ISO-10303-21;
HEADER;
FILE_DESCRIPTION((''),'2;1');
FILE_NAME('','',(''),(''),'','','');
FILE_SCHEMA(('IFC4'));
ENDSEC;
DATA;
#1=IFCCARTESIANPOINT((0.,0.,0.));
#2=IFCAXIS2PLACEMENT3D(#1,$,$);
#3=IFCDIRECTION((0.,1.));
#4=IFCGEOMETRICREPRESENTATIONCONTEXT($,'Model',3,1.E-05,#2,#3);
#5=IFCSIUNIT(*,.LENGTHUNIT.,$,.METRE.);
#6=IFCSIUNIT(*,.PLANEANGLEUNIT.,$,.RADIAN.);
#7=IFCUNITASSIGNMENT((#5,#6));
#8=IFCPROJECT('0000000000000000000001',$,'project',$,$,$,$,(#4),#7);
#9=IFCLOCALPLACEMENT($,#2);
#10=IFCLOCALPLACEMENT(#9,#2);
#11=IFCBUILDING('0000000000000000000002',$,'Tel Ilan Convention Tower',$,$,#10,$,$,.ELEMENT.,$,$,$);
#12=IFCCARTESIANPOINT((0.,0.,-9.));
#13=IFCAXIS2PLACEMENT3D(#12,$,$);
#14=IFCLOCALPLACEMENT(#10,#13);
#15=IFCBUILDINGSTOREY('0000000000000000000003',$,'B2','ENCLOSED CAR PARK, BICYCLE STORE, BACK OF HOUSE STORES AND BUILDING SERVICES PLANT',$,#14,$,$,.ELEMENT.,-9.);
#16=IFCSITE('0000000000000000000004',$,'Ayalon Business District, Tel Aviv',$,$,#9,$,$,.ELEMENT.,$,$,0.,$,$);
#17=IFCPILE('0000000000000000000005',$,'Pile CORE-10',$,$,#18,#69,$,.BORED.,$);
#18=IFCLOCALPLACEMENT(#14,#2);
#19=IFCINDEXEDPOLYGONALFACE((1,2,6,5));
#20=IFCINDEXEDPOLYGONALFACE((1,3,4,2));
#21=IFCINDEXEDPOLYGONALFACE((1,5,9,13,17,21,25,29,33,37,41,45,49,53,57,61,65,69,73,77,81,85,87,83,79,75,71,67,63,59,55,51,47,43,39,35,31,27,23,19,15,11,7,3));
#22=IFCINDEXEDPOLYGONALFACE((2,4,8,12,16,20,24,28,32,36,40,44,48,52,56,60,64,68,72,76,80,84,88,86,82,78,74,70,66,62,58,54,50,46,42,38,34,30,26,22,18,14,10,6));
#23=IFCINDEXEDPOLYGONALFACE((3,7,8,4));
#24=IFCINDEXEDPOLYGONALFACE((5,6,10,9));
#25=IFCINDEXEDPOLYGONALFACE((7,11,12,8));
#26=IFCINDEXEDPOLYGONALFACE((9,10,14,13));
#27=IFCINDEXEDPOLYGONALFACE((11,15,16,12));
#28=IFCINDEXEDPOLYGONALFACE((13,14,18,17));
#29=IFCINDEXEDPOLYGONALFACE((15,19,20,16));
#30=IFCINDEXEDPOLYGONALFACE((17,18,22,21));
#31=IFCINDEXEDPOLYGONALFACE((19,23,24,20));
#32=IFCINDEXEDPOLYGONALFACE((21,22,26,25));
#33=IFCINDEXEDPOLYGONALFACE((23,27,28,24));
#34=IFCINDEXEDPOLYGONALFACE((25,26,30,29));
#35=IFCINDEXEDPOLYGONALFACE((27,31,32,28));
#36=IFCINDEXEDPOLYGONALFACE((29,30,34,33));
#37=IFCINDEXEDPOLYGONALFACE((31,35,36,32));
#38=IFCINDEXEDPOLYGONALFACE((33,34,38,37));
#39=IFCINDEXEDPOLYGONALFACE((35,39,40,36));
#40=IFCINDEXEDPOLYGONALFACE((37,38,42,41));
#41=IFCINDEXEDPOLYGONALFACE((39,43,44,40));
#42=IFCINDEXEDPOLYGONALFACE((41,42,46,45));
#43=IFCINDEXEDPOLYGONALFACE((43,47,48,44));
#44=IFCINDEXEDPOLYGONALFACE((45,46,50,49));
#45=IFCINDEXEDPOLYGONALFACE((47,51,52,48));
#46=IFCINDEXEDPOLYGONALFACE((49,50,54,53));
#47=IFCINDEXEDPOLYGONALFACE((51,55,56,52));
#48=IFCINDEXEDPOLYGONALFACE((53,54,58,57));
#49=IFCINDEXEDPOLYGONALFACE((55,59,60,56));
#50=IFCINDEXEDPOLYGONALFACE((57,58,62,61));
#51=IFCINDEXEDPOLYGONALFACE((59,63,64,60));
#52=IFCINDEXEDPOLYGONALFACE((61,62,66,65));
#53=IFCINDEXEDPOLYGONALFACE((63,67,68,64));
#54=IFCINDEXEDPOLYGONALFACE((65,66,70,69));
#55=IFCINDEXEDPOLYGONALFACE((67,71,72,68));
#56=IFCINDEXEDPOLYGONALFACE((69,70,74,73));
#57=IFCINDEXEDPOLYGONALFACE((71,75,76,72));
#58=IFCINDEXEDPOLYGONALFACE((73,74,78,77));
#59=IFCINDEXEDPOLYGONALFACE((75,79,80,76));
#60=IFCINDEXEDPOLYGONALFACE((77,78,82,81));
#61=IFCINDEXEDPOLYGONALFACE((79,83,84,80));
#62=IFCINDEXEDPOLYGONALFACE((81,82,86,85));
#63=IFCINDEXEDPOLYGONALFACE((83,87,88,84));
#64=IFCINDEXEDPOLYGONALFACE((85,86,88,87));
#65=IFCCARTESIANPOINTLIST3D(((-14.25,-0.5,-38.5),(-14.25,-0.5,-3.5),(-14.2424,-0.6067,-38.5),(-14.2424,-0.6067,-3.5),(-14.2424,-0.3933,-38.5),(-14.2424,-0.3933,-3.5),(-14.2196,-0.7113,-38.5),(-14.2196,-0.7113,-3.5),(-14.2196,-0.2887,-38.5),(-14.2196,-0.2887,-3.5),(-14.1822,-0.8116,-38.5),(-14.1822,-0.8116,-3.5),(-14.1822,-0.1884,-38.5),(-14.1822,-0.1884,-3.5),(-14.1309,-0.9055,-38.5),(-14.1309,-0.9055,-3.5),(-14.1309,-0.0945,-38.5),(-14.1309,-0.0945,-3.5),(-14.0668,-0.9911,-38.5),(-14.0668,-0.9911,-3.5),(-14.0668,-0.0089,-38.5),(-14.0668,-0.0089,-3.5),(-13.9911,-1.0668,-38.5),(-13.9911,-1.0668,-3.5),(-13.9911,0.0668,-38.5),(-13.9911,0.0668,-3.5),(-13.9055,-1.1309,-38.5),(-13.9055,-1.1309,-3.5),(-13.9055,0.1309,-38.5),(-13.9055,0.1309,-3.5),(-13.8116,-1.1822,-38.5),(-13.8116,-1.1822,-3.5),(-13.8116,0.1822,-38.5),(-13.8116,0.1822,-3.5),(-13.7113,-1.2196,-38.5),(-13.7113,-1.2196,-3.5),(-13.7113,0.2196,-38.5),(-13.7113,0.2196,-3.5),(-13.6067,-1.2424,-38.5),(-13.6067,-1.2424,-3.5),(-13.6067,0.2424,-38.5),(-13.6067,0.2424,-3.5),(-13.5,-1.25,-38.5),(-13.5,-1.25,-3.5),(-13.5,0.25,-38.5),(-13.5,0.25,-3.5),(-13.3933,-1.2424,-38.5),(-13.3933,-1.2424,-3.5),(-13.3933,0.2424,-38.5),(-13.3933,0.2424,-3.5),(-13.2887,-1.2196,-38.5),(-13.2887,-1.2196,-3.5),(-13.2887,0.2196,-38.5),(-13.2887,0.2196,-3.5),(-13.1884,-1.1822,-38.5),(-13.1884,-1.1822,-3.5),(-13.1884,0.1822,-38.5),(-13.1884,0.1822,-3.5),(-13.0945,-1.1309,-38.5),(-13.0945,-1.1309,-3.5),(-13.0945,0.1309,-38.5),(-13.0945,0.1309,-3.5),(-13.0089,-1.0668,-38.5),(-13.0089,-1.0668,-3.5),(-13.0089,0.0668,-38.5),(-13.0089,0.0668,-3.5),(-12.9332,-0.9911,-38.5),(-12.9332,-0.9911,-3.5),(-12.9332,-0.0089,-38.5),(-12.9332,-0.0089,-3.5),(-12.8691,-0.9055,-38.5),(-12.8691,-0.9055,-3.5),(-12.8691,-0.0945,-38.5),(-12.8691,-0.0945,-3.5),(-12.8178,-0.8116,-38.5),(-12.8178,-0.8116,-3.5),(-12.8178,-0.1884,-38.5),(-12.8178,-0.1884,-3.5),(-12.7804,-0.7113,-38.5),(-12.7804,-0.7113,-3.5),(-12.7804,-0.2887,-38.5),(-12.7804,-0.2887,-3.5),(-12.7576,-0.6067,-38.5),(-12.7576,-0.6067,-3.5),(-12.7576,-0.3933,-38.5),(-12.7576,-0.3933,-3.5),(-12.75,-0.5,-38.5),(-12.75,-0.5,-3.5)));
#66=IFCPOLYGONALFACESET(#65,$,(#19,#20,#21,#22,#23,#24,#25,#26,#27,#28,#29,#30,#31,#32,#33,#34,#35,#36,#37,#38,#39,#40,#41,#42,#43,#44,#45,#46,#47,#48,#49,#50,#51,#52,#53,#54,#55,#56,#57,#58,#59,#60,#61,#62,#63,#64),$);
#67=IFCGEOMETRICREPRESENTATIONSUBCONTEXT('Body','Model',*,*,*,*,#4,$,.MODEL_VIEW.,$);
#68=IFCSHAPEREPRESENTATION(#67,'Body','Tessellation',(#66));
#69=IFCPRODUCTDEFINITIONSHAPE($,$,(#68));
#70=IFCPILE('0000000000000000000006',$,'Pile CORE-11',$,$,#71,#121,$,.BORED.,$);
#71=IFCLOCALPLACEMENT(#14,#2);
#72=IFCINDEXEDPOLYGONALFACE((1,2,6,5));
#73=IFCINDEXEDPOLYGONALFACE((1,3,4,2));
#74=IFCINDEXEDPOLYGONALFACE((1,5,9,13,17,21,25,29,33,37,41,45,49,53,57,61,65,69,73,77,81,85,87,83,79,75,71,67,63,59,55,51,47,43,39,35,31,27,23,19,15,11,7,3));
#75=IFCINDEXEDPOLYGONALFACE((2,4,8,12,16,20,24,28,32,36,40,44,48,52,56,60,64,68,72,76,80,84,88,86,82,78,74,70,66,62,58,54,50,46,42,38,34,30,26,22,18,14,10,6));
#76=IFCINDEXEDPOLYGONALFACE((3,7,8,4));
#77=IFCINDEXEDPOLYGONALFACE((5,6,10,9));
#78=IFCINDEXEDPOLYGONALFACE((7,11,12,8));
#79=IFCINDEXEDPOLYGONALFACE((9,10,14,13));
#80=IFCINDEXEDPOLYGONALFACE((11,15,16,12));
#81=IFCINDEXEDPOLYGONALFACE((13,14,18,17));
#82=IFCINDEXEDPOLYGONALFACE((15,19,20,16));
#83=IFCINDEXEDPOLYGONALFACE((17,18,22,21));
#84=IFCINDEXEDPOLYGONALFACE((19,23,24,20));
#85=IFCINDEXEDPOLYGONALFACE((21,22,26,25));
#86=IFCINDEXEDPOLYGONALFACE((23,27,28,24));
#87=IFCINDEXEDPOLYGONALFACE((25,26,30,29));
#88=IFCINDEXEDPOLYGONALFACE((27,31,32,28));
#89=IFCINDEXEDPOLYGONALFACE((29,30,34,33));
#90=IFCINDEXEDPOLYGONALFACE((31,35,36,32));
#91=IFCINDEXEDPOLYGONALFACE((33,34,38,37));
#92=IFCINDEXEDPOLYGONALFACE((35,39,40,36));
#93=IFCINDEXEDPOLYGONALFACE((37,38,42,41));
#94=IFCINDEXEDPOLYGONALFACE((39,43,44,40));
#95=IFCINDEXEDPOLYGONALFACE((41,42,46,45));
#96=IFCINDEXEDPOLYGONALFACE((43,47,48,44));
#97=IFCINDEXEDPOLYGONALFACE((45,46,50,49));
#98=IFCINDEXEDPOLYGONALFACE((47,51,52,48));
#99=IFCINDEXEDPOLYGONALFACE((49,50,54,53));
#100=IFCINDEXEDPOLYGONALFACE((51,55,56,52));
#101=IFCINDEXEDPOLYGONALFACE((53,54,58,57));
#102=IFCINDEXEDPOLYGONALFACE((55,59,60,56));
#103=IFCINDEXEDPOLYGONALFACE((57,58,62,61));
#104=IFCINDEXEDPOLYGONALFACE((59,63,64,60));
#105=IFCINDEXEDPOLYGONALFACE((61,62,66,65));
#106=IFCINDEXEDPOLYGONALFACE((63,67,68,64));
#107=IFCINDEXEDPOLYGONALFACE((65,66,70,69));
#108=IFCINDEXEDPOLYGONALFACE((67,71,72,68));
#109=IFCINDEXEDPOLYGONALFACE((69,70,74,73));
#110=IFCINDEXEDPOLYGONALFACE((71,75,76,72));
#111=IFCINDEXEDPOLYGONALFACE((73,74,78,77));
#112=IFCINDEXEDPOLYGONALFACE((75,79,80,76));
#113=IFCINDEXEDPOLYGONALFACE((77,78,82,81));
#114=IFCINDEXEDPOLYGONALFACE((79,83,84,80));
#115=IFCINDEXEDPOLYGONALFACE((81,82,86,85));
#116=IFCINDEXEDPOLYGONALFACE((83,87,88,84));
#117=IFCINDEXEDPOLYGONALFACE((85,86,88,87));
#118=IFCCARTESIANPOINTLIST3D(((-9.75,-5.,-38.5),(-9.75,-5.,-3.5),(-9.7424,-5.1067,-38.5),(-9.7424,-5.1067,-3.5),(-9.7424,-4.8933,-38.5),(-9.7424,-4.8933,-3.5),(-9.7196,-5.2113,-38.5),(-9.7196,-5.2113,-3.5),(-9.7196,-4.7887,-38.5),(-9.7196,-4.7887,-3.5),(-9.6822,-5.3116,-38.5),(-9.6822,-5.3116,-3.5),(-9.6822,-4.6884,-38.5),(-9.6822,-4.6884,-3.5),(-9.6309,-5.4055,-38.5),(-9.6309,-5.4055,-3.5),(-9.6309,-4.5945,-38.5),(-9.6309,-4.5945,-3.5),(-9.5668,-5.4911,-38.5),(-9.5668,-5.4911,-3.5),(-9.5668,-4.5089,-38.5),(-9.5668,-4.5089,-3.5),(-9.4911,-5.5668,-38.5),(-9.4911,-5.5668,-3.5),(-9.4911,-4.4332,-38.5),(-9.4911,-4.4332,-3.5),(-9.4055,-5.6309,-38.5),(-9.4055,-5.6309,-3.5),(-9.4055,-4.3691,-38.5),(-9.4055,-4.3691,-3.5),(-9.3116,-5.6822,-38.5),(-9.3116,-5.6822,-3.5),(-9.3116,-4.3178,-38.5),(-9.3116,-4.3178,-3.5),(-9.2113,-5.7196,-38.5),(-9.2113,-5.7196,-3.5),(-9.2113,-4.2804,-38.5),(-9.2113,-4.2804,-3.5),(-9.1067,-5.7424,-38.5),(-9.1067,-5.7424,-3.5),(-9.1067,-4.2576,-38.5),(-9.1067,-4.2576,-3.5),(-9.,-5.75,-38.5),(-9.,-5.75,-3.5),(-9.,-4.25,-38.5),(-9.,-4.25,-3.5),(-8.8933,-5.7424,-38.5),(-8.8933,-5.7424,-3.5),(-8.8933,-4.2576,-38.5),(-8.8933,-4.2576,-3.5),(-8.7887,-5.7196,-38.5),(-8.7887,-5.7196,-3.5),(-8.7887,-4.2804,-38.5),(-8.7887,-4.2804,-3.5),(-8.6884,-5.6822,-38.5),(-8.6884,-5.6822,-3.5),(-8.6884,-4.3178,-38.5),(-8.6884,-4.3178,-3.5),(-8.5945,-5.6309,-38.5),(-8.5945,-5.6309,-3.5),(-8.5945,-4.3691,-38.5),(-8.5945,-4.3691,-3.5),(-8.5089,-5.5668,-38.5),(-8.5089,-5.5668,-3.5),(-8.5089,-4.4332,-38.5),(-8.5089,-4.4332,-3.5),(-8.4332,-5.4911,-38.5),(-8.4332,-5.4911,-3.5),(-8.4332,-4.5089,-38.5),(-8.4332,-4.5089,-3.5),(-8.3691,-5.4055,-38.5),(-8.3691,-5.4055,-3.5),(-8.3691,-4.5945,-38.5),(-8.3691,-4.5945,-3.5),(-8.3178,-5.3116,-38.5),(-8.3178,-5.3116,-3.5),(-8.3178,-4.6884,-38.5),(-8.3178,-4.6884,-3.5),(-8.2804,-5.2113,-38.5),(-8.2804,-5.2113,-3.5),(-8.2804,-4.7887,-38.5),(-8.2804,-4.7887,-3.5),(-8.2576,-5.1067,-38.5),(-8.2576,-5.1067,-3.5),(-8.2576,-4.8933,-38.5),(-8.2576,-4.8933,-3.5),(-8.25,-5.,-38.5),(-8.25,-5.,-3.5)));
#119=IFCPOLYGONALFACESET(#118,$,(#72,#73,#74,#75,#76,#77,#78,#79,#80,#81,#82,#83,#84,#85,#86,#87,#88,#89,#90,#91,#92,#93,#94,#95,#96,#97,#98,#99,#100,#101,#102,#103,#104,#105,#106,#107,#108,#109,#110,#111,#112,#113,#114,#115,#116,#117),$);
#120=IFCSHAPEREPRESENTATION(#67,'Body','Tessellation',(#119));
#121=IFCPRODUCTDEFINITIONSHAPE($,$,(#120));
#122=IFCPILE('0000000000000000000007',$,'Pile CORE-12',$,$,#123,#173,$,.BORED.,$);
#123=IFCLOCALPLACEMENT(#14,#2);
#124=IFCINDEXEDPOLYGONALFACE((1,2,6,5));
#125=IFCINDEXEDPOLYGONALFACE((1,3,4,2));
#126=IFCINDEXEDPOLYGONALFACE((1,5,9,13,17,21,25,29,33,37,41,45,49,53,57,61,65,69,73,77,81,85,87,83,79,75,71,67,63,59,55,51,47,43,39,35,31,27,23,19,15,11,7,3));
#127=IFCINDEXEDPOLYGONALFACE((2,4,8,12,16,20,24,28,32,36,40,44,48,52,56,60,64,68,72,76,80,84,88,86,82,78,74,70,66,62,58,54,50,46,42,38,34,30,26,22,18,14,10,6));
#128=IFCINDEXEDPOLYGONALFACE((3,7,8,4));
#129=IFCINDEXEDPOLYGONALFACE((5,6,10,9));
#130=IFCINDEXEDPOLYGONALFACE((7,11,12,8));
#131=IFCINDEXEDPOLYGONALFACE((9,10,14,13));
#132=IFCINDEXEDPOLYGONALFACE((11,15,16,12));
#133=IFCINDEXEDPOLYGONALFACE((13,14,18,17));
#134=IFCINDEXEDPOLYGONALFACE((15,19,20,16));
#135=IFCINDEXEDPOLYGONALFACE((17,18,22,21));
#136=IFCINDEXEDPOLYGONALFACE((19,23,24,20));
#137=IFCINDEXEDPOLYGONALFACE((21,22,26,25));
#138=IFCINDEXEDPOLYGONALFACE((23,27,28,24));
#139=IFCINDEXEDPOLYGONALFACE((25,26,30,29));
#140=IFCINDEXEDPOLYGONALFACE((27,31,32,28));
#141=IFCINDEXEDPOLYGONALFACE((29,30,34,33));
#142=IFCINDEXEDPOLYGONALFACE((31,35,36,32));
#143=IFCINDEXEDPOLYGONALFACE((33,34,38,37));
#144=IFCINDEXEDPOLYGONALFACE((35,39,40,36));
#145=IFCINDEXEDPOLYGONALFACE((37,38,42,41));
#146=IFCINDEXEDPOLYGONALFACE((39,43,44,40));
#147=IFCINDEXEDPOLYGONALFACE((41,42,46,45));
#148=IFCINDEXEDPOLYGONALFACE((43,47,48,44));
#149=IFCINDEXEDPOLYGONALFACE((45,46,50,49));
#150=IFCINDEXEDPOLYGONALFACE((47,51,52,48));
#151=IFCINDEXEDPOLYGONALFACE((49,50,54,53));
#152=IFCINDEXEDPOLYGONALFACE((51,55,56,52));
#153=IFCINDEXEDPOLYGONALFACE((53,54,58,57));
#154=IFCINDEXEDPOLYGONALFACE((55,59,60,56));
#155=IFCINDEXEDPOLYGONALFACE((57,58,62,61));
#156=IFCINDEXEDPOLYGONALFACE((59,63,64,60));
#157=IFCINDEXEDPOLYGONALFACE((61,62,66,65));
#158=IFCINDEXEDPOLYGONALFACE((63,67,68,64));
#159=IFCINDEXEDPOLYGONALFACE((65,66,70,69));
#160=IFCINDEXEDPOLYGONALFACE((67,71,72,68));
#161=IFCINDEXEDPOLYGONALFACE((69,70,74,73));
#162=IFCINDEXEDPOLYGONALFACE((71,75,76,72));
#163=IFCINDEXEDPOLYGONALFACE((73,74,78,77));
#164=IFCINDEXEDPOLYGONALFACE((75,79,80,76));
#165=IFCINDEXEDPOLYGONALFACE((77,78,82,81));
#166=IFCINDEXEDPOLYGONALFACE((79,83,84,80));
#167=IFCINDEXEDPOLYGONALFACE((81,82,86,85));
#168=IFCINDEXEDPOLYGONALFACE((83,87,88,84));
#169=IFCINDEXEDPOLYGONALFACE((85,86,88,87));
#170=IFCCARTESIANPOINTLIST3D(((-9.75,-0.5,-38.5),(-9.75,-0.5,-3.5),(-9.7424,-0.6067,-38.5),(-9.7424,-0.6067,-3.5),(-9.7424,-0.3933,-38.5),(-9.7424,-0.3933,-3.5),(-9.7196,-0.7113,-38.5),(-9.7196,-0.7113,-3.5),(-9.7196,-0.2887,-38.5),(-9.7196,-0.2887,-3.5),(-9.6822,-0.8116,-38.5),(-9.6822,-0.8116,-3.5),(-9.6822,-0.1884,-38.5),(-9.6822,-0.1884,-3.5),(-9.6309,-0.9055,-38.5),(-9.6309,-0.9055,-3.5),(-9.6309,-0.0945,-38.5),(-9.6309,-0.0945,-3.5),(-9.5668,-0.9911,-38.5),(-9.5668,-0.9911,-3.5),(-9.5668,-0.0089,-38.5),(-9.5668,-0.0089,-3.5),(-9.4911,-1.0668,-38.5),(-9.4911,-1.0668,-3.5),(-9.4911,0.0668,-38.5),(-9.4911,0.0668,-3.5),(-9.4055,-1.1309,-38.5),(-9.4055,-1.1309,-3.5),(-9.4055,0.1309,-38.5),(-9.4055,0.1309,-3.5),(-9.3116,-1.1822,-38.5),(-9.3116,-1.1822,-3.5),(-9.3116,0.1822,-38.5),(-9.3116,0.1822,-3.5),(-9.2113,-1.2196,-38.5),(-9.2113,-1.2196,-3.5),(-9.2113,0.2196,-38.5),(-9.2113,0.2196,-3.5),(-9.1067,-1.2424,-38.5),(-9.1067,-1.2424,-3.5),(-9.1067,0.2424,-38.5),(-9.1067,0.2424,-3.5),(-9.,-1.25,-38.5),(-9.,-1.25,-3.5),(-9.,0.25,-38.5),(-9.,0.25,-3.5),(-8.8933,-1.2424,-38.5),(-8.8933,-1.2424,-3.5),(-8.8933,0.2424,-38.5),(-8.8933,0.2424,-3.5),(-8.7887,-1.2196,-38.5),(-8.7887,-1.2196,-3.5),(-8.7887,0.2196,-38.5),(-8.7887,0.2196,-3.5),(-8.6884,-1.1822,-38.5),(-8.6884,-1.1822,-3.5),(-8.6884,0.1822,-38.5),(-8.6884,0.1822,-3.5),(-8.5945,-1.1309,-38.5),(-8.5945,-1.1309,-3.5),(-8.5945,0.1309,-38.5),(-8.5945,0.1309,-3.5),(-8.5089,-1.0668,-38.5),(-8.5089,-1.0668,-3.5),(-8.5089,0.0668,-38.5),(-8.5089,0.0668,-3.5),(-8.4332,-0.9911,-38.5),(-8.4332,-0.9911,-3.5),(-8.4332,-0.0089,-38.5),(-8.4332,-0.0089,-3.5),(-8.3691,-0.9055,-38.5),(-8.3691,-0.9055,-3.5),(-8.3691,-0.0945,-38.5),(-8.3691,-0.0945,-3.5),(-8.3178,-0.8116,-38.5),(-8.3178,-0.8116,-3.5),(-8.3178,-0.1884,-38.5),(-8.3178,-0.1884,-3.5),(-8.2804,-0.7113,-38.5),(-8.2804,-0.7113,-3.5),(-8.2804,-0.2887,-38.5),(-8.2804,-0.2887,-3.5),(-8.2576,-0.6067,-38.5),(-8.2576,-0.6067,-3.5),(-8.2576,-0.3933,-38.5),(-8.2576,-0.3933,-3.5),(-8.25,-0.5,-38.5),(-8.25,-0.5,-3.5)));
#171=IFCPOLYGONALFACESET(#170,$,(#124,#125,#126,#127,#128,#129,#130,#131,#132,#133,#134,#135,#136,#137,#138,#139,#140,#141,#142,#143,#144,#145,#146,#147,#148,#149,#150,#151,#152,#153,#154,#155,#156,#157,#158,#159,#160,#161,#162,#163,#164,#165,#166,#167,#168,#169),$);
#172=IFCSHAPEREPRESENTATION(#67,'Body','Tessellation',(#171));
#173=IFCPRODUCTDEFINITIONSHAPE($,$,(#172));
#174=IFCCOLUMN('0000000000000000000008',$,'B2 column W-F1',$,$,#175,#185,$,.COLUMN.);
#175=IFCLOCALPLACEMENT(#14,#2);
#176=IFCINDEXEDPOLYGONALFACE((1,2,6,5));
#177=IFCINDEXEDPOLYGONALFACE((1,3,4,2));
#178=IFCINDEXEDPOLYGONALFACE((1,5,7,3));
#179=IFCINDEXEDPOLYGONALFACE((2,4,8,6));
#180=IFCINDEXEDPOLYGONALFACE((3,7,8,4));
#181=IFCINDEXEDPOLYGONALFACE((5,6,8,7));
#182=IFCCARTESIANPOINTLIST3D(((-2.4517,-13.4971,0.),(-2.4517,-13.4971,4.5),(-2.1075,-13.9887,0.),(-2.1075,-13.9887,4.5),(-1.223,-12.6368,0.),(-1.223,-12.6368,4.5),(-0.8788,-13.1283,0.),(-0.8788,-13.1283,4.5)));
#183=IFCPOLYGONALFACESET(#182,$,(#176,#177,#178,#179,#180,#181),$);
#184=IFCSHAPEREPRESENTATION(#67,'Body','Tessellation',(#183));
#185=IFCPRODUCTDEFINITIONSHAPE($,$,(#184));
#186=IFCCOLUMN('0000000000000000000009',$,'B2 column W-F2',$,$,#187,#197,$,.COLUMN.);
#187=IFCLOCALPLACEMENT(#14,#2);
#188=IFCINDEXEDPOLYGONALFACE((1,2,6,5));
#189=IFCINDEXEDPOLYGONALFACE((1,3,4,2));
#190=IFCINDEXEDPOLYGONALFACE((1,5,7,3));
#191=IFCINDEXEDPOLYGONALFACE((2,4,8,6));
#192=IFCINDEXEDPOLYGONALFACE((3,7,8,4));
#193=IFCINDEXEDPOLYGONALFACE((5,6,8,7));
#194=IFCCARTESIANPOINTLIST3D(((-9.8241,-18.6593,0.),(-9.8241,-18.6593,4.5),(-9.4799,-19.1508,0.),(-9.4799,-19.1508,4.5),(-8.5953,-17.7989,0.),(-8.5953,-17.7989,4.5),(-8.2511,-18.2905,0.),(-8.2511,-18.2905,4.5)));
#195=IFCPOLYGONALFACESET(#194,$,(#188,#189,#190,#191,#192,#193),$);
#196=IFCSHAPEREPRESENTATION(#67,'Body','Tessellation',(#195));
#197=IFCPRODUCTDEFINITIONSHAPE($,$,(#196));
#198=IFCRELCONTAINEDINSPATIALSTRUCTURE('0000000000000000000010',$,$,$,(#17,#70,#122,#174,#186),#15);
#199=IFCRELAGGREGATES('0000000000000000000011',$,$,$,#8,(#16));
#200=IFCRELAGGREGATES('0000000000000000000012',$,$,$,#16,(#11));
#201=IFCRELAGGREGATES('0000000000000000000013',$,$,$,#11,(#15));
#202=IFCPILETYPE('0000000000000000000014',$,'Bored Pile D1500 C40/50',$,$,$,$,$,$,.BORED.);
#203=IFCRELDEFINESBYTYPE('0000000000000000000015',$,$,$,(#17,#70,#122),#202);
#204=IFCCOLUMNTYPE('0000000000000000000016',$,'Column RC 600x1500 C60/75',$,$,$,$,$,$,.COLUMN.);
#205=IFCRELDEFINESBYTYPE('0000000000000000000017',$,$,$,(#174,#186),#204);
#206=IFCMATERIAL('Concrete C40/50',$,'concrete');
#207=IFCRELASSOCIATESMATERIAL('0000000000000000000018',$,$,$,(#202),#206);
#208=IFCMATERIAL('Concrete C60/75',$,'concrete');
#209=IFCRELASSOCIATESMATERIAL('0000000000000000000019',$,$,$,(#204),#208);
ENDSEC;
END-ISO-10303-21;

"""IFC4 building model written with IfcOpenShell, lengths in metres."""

from ifc_helpers import new_model, si_unit, direction, frame, origin, origin_2d, place, context, subcontext, project, spatial, rectangle, circle, extrude, material, material_profile, profile_set, type_object, element, save


model = new_model("IFC4")

# Units and contexts
model_context = context("Model", 3, precision=1e-05, world=origin(), true_north=direction((0.0, 1.0)))
body_context = subcontext(model_context, "Body", "Model", "MODEL_VIEW")
ifc_project = project(units=[si_unit("LENGTHUNIT", "METRE"), si_unit("PLANEANGLEUNIT", "RADIAN")], contexts=[model_context])

# Site, building, storey
site_placement = place(None, origin())
site = spatial("IfcSite", under=ifc_project, at=site_placement, Name="Ayalon Business District, Tel Aviv", CompositionType="ELEMENT", RefElevation=0.0)
building_placement = place(site_placement, origin())
building = spatial("IfcBuilding", under=site, at=building_placement, Name="Tel Ilan Convention Tower", CompositionType="ELEMENT")
storey_placement = place(building_placement, frame((0.0, 0.0, -9.0)))
storey = spatial("IfcBuildingStorey", under=building, at=storey_placement, Name="B2", Description="ENCLOSED CAR PARK, BICYCLE STORE, BACK OF HOUSE STORES AND BUILDING SERVICES PLANT", CompositionType="ELEMENT", Elevation=-9.0)

# Piles
ifc_material_1 = material(Name="Concrete C40/50", Category="concrete")
ifc_material_profile_1 = material_profile(ifc_material_1, circle(Radius=0.75, at=origin_2d()), Name="BORED D1500")
ifc_profile_set_1 = profile_set([ifc_material_profile_1], Name="Concrete C40/50")
pile_type = type_object("IfcPileType", Name="Bored Pile D1500 C40/50", PredefinedType="BORED", material=ifc_profile_set_1)
for number, where, z_axis, x_axis, name in (
    (1, (-13.5, -0.5, -3.5), (0.0, 0.0, -1.0), (1.0, 0.0, 0.0), "Pile CORE-10"),
    (2, (-9.0, -5.0, -3.5), (0.0, 0.0, -1.0), (1.0, 0.0, 0.0), "Pile CORE-11"),
    (3, (-9.0, -0.5, -3.5), (0.0, 0.0, -1.0), (1.0, 0.0, 0.0), "Pile CORE-12"),
):
    element("IfcPile", number, at=place(storey_placement, frame(where, z_axis=z_axis, x_axis=x_axis)), inside=storey, type_object=pile_type, Name=name, PredefinedType="BORED", context=body_context, shape_type="SweptSolid", body=[
        extrude(circle(Radius=0.75, at=origin_2d()), origin(), (0.0, 0.0, 1.0), 35.0),
    ])

# Columns
ifc_material_2 = material(Name="Concrete C60/75", Category="concrete")
ifc_material_profile_2 = material_profile(ifc_material_2, rectangle(XDim=1.5, YDim=0.6001, at=origin_2d()), Name="RC 600x1500")
ifc_profile_set_2 = profile_set([ifc_material_profile_2], Name="Concrete C60/75")
column_type = type_object("IfcColumnType", Name="Column RC 600x1500 C60/75", PredefinedType="COLUMN", material=ifc_profile_set_2)
for number, where, z_axis, x_axis, name in (
    (4, (-1.6653, -13.3127, 0.0), (0.0, 0.0, 1.0), (-0.819152, -0.573576, 0.0), "B2 column W-F1"),
    (5, (-9.0376, -18.4749, 0.0), (0.0, 0.0, 1.0), (-0.819152, -0.573576, 0.0), "B2 column W-F2"),
):
    element("IfcColumn", number, at=place(storey_placement, frame(where, z_axis=z_axis, x_axis=x_axis)), inside=storey, type_object=column_type, Name=name, PredefinedType="COLUMN", context=body_context, shape_type="SweptSolid", body=[
        extrude(rectangle(XDim=1.5, YDim=0.6001, at=origin_2d()), origin(), (0.0, 0.0, 1.0), 4.5),
    ])

save(model, "model.ifc")
